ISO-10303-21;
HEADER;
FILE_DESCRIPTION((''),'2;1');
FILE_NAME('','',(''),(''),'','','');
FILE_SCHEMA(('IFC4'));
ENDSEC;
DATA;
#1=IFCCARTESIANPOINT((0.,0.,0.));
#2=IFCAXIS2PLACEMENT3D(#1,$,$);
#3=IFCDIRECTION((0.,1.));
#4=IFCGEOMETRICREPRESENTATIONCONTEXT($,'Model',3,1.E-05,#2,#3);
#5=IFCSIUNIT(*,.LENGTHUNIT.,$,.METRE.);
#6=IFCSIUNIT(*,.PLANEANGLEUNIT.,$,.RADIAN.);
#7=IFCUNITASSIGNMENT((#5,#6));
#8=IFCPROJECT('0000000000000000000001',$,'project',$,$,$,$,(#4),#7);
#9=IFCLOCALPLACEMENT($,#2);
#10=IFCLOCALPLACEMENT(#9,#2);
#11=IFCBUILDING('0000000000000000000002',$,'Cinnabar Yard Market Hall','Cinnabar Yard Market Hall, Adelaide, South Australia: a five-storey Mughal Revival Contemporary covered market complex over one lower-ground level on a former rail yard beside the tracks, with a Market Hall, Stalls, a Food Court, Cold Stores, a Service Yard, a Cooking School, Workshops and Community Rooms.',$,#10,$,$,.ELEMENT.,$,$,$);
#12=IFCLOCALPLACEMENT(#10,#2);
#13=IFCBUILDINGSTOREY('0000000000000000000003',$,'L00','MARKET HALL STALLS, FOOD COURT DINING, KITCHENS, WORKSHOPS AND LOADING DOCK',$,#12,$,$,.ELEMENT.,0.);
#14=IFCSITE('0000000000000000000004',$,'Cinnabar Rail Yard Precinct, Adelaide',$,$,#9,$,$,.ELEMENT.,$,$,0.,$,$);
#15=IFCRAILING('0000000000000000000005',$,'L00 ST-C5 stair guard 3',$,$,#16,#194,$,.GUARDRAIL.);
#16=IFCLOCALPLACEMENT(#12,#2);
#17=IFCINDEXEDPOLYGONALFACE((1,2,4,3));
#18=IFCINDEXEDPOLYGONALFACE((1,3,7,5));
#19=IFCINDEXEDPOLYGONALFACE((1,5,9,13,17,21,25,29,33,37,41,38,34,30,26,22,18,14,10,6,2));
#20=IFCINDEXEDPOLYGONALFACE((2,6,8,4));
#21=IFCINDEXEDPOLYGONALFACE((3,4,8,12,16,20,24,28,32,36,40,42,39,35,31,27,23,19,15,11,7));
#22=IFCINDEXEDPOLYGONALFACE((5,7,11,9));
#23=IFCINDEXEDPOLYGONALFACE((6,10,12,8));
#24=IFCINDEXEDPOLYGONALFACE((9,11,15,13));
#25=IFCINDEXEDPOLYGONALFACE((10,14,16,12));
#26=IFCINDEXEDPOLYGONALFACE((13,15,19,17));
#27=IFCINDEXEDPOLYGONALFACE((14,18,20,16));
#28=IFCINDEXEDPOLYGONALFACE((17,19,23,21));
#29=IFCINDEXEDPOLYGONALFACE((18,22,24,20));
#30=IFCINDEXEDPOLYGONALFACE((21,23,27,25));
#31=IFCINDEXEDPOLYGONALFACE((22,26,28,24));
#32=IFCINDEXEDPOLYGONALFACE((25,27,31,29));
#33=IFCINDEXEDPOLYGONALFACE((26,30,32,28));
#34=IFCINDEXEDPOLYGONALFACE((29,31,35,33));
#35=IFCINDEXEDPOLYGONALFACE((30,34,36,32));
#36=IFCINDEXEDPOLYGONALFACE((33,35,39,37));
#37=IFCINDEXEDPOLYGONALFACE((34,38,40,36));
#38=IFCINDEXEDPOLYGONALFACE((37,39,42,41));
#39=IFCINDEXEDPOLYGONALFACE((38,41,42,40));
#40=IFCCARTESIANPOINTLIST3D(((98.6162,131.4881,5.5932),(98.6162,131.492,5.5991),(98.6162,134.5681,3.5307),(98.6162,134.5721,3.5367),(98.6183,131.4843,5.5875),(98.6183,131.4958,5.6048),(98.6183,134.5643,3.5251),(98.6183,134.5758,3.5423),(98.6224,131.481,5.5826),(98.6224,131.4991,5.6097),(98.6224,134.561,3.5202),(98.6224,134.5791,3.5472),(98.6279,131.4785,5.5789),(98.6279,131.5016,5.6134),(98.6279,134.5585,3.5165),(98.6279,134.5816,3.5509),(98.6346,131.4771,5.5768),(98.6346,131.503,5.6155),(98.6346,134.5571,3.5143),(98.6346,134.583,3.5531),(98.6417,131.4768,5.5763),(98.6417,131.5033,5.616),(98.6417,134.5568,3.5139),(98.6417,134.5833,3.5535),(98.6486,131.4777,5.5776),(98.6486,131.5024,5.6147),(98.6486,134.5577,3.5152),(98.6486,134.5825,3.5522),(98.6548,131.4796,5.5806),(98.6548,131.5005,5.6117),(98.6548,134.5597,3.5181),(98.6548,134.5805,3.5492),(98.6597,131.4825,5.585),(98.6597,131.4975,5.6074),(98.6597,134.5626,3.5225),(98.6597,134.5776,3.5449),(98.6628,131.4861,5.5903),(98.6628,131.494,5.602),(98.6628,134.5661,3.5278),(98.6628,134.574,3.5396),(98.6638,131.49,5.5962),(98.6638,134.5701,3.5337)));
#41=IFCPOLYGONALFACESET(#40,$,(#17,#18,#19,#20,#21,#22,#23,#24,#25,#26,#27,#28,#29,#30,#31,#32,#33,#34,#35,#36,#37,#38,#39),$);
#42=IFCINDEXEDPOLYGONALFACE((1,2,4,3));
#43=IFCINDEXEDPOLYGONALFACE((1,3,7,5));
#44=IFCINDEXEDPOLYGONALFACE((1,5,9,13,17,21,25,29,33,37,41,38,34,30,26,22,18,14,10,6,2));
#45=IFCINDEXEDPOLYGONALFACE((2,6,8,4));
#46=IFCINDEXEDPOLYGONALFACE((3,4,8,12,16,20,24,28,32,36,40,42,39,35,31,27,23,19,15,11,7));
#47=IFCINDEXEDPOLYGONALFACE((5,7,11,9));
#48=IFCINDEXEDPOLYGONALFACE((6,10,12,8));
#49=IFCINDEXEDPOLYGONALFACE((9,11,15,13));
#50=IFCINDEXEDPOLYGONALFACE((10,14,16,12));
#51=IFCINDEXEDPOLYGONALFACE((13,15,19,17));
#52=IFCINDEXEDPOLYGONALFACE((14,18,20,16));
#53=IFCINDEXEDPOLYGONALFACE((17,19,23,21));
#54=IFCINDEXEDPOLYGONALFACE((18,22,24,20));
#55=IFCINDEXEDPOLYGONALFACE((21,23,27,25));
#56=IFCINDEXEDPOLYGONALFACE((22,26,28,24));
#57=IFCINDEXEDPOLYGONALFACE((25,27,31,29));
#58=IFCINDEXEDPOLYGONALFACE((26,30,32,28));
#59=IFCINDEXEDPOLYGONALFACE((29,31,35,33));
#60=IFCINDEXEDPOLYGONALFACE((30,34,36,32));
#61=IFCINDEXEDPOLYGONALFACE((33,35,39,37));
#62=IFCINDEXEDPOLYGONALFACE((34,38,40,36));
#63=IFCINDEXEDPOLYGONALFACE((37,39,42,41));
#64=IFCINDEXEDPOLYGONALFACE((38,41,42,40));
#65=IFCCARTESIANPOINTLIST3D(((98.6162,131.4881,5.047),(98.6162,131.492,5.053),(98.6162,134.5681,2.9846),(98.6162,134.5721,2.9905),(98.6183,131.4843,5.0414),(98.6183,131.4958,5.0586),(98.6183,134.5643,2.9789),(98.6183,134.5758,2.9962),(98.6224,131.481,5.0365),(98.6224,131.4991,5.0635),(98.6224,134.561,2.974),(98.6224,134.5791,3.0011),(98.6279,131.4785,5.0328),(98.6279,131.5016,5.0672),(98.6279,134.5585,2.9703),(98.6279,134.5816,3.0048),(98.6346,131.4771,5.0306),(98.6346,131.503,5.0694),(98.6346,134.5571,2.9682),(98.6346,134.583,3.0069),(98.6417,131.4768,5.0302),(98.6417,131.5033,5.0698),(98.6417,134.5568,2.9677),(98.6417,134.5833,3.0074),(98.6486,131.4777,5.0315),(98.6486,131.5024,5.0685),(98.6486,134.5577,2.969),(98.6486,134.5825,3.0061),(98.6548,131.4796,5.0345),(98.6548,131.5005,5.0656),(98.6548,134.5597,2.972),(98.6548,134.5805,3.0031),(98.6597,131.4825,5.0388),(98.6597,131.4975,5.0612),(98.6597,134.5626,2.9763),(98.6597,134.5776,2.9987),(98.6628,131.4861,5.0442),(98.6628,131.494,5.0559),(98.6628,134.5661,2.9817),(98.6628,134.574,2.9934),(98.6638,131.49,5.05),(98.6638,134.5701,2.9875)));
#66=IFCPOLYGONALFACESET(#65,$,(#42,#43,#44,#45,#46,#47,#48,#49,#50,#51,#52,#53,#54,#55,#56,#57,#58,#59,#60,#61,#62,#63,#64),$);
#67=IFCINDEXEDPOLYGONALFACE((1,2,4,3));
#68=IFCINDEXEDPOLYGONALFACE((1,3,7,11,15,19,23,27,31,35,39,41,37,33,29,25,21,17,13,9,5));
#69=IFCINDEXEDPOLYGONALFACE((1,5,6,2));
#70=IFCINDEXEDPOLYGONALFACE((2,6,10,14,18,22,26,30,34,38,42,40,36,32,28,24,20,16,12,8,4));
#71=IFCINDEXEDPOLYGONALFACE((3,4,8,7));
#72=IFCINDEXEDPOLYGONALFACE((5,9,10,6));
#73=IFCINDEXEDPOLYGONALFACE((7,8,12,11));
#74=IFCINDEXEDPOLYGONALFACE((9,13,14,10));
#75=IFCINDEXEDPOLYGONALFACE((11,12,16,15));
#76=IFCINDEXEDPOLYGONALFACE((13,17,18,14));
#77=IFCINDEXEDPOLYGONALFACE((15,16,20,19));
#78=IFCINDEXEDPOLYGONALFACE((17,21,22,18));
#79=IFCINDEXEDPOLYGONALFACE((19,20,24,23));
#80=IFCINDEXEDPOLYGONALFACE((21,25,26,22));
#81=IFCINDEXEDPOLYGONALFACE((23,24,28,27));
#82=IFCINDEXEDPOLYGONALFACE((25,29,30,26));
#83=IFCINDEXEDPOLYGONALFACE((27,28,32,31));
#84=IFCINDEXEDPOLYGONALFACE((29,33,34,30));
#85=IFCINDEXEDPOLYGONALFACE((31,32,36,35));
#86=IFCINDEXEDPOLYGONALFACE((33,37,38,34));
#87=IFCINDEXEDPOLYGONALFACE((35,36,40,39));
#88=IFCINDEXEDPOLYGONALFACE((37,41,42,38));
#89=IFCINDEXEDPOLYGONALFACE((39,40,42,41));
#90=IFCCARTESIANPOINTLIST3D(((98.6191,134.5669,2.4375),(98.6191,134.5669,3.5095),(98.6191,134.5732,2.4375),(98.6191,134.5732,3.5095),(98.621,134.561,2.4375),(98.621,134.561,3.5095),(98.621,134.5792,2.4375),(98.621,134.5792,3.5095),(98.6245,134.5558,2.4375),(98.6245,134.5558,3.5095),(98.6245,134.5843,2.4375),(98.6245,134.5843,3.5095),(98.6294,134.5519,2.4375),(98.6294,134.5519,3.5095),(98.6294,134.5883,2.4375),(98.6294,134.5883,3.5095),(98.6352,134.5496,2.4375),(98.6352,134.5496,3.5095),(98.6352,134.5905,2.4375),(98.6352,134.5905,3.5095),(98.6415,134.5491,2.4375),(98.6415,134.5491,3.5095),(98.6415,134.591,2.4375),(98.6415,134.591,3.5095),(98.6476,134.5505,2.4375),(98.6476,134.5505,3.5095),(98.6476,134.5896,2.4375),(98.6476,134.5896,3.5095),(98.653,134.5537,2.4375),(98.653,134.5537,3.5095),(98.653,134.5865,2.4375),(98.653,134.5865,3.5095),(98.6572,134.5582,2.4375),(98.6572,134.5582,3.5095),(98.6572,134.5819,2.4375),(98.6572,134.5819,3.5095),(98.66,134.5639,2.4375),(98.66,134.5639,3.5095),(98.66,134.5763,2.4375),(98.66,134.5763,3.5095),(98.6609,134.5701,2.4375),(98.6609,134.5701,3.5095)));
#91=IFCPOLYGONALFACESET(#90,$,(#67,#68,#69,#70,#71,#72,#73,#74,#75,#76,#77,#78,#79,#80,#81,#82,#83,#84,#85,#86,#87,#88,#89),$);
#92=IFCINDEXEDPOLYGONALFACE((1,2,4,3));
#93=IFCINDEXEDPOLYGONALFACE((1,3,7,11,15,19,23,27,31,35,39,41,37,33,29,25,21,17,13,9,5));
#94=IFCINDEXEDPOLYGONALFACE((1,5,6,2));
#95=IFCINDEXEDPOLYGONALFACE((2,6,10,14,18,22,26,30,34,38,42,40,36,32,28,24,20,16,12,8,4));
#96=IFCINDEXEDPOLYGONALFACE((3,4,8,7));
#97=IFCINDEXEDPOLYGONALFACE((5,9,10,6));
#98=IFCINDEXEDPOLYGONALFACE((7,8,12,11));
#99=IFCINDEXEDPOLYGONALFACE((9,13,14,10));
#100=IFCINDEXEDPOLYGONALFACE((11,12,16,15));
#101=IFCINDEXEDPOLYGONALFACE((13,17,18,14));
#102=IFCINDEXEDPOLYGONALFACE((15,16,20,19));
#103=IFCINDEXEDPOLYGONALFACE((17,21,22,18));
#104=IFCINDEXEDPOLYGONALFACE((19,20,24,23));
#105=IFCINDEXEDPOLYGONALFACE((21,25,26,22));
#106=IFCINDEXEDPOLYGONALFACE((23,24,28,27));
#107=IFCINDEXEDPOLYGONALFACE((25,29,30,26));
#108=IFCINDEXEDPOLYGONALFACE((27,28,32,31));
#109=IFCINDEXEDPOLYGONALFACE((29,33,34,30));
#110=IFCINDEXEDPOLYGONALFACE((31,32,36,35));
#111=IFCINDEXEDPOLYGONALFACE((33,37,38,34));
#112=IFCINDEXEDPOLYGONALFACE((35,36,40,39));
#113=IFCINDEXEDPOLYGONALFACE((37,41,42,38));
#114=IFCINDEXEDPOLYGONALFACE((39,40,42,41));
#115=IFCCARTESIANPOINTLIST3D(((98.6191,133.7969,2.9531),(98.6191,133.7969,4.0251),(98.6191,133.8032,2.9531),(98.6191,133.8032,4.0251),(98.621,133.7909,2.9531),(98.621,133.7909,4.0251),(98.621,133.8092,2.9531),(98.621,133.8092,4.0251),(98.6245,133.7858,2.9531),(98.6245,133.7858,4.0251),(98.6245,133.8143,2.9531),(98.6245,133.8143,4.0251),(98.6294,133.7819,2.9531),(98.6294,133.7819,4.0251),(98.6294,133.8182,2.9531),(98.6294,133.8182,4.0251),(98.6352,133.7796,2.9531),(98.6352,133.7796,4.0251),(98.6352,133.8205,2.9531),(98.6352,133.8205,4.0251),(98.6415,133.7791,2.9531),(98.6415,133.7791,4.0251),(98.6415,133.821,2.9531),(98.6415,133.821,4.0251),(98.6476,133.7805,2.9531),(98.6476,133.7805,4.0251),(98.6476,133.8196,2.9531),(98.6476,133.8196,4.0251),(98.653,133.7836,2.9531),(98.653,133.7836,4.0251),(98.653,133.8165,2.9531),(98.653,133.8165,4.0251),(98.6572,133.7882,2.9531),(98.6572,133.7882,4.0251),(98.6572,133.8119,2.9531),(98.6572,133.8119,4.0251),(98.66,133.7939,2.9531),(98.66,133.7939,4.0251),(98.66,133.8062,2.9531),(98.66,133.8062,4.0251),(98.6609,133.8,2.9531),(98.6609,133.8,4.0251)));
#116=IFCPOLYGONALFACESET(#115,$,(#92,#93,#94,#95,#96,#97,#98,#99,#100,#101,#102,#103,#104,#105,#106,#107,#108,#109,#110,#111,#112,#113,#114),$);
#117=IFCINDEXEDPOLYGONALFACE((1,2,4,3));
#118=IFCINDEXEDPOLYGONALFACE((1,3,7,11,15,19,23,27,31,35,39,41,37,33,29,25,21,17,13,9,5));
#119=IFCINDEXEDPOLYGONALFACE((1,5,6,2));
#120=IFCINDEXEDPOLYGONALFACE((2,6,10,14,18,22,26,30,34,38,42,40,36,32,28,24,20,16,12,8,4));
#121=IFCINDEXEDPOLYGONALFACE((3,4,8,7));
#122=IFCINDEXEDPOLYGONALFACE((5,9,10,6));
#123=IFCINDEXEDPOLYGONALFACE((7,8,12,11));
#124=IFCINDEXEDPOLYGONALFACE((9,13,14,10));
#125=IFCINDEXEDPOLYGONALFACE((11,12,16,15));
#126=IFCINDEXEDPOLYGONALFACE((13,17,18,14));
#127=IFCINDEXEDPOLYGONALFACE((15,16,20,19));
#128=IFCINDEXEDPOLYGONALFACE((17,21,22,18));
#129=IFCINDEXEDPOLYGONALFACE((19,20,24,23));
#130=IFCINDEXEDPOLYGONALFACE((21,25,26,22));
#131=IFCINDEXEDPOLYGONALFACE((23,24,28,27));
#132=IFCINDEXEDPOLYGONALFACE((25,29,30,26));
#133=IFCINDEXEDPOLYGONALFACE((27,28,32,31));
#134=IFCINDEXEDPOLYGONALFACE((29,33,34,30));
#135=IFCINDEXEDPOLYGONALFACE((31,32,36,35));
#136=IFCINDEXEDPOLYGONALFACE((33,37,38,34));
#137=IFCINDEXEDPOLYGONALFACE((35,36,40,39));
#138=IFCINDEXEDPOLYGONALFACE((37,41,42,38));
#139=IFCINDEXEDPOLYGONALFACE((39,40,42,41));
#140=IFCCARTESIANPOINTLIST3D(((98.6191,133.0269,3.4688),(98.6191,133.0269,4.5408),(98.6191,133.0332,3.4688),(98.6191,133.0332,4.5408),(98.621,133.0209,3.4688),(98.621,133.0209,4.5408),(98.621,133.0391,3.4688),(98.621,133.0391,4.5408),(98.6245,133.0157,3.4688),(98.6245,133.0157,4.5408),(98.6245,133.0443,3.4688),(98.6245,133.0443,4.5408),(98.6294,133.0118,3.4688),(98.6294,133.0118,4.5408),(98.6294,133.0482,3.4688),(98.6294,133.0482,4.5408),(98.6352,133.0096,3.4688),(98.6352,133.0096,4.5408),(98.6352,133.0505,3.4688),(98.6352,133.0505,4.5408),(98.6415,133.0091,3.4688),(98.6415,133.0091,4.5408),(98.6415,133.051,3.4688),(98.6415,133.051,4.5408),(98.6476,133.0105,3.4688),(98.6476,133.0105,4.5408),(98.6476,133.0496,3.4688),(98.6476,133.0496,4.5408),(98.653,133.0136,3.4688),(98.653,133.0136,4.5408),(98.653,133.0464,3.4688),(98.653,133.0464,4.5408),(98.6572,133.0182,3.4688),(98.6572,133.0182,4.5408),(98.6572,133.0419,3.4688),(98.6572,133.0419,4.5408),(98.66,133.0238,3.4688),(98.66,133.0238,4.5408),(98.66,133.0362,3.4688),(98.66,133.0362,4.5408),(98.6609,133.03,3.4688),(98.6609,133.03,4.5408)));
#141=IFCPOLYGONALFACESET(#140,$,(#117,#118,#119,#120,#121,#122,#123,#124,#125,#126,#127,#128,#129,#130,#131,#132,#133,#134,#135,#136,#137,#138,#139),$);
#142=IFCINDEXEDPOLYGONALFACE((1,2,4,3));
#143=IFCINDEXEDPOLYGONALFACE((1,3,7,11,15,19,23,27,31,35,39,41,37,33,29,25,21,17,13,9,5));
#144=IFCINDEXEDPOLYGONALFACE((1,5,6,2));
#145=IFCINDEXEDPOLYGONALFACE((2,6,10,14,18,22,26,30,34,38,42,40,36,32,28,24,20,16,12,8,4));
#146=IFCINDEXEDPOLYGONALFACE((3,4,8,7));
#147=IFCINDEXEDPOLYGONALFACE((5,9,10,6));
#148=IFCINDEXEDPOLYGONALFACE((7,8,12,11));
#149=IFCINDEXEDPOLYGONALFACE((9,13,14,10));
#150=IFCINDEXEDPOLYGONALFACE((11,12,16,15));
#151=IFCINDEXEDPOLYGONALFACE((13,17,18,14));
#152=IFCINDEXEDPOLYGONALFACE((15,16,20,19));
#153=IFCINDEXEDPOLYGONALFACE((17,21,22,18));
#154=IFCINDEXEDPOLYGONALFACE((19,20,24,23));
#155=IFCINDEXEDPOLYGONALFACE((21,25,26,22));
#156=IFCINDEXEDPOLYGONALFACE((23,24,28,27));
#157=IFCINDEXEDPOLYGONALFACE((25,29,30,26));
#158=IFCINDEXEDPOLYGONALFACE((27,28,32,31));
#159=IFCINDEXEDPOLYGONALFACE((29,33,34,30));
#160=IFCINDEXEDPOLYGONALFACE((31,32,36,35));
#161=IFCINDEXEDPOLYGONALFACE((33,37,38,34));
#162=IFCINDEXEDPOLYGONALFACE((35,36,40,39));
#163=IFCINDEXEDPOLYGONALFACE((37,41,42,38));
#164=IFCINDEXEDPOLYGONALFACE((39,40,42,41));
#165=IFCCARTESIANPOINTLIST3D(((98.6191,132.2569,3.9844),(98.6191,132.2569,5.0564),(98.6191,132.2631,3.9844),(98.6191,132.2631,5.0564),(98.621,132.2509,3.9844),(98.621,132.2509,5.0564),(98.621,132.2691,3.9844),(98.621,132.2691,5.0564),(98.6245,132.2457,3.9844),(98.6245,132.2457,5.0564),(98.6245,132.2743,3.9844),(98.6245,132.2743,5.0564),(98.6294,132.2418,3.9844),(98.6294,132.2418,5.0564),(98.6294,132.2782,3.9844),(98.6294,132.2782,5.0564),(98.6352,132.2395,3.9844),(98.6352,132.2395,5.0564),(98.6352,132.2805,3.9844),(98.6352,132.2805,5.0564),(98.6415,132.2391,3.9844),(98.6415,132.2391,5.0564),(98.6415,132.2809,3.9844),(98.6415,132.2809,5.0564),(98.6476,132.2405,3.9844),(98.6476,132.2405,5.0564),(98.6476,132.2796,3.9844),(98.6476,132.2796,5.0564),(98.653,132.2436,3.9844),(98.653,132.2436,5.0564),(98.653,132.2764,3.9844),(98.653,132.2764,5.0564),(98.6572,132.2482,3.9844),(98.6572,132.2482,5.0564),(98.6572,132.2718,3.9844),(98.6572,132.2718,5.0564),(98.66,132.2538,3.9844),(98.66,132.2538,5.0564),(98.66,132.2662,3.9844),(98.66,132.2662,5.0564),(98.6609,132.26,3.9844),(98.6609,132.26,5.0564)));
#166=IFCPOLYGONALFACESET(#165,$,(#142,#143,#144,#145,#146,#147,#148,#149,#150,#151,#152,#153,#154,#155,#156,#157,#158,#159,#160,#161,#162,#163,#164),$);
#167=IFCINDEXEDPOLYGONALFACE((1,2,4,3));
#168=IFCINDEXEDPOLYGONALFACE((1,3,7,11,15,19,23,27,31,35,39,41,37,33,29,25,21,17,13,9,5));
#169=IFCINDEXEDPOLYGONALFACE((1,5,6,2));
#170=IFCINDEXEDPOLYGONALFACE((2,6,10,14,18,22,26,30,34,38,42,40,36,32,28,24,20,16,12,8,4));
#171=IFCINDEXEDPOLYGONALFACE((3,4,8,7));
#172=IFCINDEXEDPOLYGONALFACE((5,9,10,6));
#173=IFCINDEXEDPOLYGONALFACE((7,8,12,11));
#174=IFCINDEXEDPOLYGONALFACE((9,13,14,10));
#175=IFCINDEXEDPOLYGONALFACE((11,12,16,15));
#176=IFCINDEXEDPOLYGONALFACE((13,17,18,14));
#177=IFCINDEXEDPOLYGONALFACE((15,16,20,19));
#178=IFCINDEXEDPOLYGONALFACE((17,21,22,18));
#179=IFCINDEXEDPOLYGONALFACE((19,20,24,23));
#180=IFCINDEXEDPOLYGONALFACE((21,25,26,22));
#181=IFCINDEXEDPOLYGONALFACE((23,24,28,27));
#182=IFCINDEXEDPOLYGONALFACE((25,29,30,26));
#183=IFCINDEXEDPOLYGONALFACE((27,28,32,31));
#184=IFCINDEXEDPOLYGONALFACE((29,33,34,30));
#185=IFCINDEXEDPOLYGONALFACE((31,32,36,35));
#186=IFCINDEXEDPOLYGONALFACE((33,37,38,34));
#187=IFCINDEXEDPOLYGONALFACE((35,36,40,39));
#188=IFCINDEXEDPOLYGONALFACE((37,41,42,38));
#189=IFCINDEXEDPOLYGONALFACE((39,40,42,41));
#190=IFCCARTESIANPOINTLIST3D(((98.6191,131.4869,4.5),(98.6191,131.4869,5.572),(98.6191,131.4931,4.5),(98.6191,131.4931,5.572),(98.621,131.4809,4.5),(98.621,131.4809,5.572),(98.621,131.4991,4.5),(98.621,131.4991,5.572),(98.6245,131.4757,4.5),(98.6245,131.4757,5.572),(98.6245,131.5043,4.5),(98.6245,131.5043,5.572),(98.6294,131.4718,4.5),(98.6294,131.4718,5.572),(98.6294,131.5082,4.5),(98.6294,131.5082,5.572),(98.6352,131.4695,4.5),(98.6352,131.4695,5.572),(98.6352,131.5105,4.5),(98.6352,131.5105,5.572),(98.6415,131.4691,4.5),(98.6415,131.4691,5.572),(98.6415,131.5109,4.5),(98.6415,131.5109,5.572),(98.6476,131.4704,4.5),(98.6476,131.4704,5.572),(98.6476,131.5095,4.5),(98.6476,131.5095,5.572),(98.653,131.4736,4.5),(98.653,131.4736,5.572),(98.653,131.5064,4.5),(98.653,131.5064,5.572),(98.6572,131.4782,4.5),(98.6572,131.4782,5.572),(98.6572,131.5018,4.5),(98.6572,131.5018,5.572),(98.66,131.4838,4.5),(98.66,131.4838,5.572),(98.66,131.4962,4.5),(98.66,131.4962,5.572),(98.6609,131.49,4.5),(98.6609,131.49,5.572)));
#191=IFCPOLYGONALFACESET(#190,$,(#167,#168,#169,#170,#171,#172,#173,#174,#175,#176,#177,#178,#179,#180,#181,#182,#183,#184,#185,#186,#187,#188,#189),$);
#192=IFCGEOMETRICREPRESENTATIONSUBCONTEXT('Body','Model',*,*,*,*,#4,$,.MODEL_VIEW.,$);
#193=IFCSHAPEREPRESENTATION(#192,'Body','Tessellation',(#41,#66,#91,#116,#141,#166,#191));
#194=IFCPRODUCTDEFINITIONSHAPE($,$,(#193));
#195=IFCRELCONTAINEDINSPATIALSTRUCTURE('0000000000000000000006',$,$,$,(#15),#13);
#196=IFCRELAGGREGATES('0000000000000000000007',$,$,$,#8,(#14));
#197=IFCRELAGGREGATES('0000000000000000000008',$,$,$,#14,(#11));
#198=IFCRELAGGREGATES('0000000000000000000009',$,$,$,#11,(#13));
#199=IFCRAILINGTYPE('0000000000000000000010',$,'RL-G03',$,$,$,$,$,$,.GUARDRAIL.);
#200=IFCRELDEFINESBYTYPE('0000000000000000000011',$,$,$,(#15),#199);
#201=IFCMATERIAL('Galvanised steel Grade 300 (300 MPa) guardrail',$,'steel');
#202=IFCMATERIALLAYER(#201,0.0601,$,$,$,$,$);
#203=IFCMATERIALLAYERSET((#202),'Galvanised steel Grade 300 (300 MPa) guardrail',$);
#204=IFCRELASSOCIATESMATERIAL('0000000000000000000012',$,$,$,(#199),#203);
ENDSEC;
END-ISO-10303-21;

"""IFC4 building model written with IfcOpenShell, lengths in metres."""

from ifc_helpers import new_model, si_unit, direction, frame, origin, origin_2d_with_axis, place, context, subcontext, project, spatial, circle, extrude, material, layer, layer_set, type_object, element, save


model = new_model("IFC4")

# Units and contexts
model_context = context("Model", 3, precision=1e-05, world=origin(), true_north=direction((0.0, 1.0)))
body_context = subcontext(model_context, "Body", "Model", "MODEL_VIEW")
ifc_project = project(units=[si_unit("LENGTHUNIT", "METRE"), si_unit("PLANEANGLEUNIT", "RADIAN")], contexts=[model_context])

# Site, building, storey
site_placement = place(None, origin())
site = spatial("IfcSite", under=ifc_project, at=site_placement, Name="Cinnabar Rail Yard Precinct, Adelaide", CompositionType="ELEMENT", RefElevation=0.0)
building_placement = place(site_placement, origin())
building = spatial("IfcBuilding", under=site, at=building_placement, Name="Cinnabar Yard Market Hall", Description="Cinnabar Yard Market Hall, Adelaide, South Australia: a five-storey Mughal Revival Contemporary covered market complex over one lower-ground level on a former rail yard beside the tracks, with a Market Hall, Stalls, a Food Court, Cold Stores, a Service Yard, a Cooking School, Workshops and Community Rooms.", CompositionType="ELEMENT")
storey_placement = place(building_placement, origin())
storey = spatial("IfcBuildingStorey", under=building, at=storey_placement, Name="L00", Description="MARKET HALL STALLS, FOOD COURT DINING, KITCHENS, WORKSHOPS AND LOADING DOCK", CompositionType="ELEMENT", Elevation=0.0)

# Railing
ifc_material_1 = material(Name="Galvanised steel Grade 300 (300 MPa) guardrail", Category="steel")
ifc_layer_1 = layer(ifc_material_1, 0.0601)
ifc_layer_set_1 = layer_set([ifc_layer_1], Name="Galvanised steel Grade 300 (300 MPa) guardrail")
railing_type_1 = type_object("IfcRailingType", Name="RL-G03", PredefinedType="GUARDRAIL", material=ifc_layer_set_1)
railing_1_placement = place(storey_placement, frame((98.6399, 134.5701, 2.4375)))
element("IfcRailing", 1, at=railing_1_placement, inside=storey, type_object=railing_type_1, Name="L00 ST-C5 stair guard 3", PredefinedType="GUARDRAIL", context=body_context, shape_type="SweptSolid", body=[
    extrude(circle(Radius=0.0239, at=origin_2d_with_axis()), frame((0.0, 0.0, 1.0962), z_axis=(0.0, -0.830914, 0.556401), x_axis=(1.0, 0.0, 0.0)), (0.0, 0.0, 1.0), 3.7068),
    extrude(circle(Radius=0.0239, at=origin_2d_with_axis()), frame((0.0, 0.0, 0.55), z_axis=(0.0, -0.830914, 0.556401), x_axis=(1.0, 0.0, 0.0)), (0.0, 0.0, 1.0), 3.7068),
    extrude(circle(Radius=0.021, at=origin_2d_with_axis()), origin(), (0.0, 0.0, 1.0), 1.072),
    extrude(circle(Radius=0.021, at=origin_2d_with_axis()), frame((0.0, -0.77, 0.5156)), (0.0, 0.0, 1.0), 1.072),
    extrude(circle(Radius=0.021, at=origin_2d_with_axis()), frame((0.0, -1.54, 1.0312)), (0.0, 0.0, 1.0), 1.072),
    extrude(circle(Radius=0.021, at=origin_2d_with_axis()), frame((0.0, -2.3101, 1.5469)), (0.0, 0.0, 1.0), 1.072),
    extrude(circle(Radius=0.021, at=origin_2d_with_axis()), frame((0.0, -3.0801, 2.0625)), (0.0, 0.0, 1.0), 1.072),
])

save(model, "model.ifc")
